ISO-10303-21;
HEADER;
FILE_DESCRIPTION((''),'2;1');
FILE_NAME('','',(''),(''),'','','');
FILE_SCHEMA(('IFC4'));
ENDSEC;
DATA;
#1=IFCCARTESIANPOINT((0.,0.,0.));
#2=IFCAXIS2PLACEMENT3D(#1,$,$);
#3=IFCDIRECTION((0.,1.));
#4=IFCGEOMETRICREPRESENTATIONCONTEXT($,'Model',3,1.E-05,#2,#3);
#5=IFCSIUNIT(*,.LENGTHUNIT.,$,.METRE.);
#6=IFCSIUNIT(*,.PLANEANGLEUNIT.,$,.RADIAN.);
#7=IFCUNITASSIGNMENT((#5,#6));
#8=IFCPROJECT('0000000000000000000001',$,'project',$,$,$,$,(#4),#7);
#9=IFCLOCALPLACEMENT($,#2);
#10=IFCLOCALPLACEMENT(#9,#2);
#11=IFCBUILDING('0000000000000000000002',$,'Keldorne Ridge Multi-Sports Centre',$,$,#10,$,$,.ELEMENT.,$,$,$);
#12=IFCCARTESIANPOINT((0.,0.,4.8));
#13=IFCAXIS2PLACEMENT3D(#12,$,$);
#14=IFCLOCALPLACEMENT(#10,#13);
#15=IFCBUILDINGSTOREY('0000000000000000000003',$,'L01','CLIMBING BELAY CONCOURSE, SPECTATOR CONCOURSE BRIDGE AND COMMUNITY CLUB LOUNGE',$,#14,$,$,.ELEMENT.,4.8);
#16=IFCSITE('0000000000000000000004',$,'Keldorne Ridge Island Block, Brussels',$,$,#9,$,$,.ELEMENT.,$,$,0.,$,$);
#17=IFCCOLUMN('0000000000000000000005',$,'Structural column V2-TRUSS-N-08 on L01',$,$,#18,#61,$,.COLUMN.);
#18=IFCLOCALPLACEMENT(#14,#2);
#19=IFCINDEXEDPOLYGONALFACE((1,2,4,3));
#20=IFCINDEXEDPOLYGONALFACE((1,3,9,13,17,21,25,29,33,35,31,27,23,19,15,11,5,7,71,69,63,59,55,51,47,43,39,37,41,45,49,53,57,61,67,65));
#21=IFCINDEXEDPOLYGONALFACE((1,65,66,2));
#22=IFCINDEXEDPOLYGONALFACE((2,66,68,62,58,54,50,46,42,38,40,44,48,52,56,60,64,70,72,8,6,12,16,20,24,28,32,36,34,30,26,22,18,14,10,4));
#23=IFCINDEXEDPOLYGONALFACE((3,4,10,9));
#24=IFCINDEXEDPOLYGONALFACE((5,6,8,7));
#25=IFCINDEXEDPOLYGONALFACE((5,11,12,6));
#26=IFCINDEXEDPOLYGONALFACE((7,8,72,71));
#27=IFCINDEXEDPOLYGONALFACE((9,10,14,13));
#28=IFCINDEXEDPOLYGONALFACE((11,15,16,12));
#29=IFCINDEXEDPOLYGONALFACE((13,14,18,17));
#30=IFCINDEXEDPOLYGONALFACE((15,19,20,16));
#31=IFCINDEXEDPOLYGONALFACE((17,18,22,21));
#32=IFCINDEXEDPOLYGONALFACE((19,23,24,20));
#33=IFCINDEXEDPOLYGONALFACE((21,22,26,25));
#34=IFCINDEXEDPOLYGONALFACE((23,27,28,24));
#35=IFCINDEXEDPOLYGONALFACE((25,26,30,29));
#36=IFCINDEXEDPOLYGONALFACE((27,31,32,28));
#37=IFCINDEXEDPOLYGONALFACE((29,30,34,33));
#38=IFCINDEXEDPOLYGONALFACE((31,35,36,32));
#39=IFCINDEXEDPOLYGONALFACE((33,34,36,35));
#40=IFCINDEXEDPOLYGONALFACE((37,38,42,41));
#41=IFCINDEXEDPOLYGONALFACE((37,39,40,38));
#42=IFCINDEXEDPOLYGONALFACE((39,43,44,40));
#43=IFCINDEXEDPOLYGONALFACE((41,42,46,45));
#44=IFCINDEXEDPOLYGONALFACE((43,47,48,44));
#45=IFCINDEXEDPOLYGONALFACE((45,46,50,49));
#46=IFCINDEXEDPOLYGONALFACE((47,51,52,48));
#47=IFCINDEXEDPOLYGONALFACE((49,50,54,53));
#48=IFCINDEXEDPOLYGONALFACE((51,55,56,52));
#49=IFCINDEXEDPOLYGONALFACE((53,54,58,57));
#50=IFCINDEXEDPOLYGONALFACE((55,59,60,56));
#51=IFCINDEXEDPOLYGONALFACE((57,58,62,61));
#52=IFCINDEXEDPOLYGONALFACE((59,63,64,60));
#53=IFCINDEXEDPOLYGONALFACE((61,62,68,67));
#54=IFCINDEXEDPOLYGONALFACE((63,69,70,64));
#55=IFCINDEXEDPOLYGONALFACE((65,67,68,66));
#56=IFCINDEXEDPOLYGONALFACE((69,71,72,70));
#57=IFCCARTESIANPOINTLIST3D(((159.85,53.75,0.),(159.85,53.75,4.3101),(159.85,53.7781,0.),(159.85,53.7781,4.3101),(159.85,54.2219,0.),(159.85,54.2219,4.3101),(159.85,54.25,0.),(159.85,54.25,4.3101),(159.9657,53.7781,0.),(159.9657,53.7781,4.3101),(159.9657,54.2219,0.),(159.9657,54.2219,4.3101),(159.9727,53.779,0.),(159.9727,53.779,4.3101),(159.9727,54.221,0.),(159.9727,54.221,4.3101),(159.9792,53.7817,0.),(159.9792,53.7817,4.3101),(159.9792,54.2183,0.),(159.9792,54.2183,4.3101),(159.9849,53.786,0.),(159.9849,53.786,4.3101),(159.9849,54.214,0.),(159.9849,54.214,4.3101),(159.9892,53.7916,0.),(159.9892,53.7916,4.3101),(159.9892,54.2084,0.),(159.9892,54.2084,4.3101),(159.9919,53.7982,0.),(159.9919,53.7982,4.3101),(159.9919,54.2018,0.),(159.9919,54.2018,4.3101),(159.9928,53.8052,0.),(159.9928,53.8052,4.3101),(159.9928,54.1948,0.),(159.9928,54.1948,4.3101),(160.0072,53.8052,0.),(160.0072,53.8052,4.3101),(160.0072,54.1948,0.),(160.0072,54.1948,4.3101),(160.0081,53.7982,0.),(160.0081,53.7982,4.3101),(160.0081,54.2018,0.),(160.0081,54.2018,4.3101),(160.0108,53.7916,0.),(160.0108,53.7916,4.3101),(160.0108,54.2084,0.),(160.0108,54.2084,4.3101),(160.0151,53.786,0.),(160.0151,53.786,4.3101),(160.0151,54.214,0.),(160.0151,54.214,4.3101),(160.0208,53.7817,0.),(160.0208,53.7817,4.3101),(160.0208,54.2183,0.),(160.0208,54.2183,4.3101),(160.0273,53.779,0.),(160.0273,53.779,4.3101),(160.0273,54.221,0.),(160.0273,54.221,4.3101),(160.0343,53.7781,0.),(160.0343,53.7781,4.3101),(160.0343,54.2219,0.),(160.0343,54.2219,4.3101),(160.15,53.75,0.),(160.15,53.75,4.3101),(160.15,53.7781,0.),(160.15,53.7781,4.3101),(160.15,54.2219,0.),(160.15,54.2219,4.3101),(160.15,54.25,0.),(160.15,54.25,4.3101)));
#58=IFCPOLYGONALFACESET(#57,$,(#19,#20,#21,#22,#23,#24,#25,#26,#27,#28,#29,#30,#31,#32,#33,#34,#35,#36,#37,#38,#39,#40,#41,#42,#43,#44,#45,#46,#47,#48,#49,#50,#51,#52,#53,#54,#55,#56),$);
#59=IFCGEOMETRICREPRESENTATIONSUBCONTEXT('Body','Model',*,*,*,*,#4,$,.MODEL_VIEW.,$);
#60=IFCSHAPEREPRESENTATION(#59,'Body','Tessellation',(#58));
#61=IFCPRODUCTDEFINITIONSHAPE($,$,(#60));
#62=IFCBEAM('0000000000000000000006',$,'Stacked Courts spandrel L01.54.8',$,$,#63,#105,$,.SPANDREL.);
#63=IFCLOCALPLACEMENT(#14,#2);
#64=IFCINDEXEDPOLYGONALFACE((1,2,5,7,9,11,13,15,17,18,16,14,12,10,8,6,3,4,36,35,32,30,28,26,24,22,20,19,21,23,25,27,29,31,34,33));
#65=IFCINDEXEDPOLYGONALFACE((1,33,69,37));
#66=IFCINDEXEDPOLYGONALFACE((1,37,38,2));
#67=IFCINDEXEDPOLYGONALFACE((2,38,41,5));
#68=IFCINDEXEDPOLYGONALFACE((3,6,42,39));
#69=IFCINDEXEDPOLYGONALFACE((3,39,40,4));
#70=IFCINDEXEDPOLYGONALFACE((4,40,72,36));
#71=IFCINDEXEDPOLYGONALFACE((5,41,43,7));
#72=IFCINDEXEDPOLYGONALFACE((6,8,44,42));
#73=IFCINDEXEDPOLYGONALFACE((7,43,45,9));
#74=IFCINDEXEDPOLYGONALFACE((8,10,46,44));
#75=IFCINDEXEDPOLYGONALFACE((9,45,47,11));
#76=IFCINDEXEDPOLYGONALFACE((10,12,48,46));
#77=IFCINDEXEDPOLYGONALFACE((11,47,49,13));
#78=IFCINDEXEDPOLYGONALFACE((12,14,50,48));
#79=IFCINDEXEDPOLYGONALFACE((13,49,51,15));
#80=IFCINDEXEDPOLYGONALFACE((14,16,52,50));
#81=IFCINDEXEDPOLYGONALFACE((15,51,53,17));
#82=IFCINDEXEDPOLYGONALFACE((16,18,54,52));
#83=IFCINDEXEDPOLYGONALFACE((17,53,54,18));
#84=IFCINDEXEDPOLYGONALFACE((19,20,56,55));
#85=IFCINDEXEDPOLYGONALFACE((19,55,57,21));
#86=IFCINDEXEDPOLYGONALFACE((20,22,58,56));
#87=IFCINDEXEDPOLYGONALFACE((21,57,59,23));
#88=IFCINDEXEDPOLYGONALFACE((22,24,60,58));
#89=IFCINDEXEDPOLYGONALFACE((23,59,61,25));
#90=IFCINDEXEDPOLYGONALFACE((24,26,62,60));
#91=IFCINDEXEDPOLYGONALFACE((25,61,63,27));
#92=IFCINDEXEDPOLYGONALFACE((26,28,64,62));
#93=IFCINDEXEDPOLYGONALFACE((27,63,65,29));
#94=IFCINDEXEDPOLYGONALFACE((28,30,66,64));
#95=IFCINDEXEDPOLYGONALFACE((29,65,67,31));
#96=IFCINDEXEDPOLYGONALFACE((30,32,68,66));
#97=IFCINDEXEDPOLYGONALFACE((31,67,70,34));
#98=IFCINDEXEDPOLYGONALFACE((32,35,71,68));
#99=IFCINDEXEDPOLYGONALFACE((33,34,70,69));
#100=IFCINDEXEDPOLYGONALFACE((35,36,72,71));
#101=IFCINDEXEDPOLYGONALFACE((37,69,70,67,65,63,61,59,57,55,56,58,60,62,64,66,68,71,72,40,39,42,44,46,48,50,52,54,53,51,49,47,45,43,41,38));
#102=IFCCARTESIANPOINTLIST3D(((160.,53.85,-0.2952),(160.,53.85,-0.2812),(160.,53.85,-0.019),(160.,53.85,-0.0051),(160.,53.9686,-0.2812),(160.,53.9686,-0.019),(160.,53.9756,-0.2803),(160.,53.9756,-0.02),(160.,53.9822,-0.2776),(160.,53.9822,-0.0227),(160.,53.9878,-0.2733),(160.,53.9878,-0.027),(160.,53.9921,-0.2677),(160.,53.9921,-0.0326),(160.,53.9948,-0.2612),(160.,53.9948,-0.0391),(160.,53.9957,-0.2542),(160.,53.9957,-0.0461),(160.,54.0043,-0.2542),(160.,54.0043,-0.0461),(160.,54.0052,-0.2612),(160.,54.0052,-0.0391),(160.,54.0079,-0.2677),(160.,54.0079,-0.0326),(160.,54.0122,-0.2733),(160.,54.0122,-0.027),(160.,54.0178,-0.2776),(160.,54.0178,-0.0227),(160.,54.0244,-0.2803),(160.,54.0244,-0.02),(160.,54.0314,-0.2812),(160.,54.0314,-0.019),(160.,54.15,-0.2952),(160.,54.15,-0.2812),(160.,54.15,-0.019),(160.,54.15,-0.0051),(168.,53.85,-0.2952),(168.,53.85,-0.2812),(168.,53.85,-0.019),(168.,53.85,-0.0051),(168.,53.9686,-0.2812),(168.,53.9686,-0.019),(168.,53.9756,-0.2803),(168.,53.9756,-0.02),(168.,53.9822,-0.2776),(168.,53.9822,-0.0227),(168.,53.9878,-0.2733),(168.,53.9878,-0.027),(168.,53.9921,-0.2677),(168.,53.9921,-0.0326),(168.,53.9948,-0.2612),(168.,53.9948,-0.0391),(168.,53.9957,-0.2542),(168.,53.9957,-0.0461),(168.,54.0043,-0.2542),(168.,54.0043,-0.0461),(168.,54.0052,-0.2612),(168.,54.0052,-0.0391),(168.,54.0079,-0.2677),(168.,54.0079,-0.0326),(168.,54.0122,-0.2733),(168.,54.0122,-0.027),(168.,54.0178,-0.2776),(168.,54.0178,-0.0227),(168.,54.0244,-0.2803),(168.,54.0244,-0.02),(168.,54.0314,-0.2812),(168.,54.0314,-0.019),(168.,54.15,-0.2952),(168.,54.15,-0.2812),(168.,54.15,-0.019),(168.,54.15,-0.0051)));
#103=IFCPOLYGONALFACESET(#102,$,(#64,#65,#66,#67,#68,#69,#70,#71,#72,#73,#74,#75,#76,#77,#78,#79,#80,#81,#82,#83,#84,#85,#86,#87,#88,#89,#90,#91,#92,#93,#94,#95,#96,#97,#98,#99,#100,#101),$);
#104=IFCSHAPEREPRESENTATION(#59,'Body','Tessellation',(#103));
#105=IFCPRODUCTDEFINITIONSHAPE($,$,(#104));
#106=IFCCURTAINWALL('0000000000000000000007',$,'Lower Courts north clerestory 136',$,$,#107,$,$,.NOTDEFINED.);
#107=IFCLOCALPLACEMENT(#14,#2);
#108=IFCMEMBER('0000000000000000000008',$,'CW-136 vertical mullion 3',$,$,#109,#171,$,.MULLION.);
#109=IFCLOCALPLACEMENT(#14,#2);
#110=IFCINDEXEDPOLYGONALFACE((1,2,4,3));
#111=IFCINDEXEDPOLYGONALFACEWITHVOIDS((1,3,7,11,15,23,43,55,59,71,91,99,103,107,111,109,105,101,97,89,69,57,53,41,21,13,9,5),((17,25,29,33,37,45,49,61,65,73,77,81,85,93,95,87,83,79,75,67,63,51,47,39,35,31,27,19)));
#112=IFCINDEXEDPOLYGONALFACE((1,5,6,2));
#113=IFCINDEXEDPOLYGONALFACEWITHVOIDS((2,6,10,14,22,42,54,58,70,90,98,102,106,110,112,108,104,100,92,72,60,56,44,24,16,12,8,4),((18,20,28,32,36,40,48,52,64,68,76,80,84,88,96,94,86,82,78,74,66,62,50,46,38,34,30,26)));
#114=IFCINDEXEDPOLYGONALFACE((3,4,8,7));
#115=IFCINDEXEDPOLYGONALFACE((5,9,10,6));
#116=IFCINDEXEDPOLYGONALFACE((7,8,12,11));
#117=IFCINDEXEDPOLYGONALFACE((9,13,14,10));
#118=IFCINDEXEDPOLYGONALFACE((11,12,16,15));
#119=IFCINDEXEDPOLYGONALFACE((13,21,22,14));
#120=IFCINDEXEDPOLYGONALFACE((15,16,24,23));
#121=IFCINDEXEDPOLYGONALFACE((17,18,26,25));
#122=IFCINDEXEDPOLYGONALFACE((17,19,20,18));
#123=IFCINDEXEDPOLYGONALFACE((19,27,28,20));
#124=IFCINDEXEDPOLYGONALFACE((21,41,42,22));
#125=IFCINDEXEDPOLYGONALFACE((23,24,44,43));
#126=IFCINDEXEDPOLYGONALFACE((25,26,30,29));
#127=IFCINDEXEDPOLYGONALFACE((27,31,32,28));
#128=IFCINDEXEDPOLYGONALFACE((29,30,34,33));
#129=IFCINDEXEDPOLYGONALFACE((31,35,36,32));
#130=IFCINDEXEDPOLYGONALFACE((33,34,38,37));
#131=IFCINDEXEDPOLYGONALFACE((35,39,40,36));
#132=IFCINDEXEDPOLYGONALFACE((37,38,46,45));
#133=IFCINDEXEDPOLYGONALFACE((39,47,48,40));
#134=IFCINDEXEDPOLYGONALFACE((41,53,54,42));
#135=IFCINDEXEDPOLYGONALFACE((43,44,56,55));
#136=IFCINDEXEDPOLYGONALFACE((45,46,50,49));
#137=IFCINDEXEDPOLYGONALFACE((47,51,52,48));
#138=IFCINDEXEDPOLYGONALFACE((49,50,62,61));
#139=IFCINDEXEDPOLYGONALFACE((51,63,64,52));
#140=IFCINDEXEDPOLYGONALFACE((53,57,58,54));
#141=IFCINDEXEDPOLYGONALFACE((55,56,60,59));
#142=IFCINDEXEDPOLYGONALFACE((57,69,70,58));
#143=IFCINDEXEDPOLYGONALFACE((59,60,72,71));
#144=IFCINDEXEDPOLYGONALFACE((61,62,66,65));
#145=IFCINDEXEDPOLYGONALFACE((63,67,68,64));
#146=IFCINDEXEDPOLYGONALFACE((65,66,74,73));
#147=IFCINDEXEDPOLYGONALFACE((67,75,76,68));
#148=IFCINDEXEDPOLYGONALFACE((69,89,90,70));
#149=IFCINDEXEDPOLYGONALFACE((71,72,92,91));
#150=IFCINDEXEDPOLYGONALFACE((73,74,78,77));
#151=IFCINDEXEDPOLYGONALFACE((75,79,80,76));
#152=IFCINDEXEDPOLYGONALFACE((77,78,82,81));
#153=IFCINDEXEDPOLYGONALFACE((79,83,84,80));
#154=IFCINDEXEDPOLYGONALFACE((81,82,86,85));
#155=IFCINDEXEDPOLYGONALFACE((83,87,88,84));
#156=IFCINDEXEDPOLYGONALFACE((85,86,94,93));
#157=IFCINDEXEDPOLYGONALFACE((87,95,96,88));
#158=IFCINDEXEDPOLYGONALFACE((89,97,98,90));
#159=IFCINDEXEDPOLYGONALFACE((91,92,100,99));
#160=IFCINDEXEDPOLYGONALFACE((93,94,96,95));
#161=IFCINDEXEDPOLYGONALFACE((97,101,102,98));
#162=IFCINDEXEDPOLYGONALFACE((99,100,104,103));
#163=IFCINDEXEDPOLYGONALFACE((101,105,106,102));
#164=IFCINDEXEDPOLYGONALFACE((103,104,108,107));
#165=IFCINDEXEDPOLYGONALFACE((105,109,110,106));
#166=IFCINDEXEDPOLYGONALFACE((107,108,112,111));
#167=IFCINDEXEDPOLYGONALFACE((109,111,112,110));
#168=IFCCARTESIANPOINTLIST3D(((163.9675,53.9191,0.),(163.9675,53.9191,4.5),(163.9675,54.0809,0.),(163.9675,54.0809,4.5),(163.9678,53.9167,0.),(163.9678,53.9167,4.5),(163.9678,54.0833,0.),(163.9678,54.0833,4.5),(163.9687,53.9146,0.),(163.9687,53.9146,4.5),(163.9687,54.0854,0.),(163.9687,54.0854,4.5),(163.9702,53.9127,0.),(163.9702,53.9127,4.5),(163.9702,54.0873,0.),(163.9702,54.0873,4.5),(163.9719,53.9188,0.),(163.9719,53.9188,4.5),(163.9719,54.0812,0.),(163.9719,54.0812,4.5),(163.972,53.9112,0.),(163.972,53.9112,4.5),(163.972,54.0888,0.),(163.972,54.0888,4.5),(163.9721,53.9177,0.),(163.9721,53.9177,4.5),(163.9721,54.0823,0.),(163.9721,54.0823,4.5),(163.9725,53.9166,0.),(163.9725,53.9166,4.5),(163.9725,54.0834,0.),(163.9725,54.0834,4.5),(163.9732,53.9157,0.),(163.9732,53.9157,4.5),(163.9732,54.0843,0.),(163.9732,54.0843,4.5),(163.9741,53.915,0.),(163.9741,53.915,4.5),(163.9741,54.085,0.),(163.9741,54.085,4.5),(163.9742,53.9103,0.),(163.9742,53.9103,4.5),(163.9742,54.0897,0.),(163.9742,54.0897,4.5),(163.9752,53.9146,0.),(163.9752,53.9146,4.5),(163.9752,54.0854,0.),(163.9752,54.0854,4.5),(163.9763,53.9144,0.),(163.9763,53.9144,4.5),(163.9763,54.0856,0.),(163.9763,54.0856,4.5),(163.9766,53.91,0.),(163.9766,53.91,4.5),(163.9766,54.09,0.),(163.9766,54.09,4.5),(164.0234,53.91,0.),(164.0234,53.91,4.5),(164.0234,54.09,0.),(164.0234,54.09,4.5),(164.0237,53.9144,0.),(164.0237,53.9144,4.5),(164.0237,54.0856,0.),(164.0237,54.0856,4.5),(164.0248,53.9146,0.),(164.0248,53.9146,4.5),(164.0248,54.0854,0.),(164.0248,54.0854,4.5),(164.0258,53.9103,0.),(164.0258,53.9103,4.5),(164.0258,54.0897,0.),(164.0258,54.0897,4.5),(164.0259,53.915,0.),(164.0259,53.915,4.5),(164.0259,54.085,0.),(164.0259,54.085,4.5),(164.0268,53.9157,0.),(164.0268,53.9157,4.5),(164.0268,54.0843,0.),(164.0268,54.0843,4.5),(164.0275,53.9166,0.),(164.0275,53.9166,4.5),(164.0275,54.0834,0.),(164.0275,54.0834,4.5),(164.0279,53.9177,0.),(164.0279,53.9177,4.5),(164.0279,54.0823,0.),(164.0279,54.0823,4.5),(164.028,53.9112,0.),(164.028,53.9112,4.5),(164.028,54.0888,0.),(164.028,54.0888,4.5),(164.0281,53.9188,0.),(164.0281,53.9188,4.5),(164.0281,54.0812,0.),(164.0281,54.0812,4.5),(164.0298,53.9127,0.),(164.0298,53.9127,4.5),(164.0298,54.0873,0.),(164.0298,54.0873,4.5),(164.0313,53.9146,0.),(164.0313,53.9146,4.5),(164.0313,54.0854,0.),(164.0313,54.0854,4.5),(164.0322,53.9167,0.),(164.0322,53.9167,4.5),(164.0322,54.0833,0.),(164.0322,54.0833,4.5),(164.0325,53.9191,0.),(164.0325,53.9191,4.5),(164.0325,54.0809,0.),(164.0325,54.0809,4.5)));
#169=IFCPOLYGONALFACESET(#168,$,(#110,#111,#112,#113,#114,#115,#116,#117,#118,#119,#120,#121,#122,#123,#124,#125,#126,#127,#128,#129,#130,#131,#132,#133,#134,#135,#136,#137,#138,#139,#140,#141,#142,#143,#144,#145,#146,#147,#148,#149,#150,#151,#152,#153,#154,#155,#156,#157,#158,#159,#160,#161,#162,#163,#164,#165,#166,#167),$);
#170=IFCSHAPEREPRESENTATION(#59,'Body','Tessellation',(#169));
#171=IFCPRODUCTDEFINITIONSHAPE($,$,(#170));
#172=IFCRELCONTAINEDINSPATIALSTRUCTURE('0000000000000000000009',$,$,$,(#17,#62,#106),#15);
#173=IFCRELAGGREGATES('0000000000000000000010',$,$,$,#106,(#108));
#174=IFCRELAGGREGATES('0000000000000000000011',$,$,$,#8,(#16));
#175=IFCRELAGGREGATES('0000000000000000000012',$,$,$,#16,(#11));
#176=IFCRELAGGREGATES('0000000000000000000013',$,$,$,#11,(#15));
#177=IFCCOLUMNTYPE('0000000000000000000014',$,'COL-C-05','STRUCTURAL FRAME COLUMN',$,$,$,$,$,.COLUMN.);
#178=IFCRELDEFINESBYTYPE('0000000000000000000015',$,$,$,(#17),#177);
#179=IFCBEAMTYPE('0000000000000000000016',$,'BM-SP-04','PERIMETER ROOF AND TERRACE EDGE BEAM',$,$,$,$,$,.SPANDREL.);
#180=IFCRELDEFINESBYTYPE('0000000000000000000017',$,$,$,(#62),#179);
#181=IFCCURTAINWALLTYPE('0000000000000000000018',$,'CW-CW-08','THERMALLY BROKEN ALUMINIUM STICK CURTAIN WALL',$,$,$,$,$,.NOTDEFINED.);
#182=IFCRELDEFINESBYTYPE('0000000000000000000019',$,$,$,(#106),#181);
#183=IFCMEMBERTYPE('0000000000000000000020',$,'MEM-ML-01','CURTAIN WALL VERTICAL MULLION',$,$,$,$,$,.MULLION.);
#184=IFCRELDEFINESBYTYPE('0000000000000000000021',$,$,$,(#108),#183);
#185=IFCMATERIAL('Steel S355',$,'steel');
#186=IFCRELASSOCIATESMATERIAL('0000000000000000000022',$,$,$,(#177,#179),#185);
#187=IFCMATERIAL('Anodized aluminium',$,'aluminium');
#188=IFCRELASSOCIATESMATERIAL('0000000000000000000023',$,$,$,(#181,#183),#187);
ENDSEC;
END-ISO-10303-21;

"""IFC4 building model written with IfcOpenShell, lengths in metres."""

from ifc_helpers import new_model, si_unit, direction, frame, origin, origin_2d, place, context, subcontext, project, spatial, hollow_rectangle, i_section, extrude, material, material_profile, profile_set, type_object, element, aggregate, save


model = new_model("IFC4")

# Units and contexts
model_context = context("Model", 3, precision=1e-05, world=origin(), true_north=direction((0.0, 1.0)))
body_context = subcontext(model_context, "Body", "Model", "MODEL_VIEW")
ifc_project = project(units=[si_unit("LENGTHUNIT", "METRE"), si_unit("PLANEANGLEUNIT", "RADIAN")], contexts=[model_context])

# Site, building, storey
site_placement = place(None, origin())
site = spatial("IfcSite", under=ifc_project, at=site_placement, Name="Keldorne Ridge Island Block, Brussels", CompositionType="ELEMENT", RefElevation=0.0)
building_placement = place(site_placement, origin())
building = spatial("IfcBuilding", under=site, at=building_placement, Name="Keldorne Ridge Multi-Sports Centre", CompositionType="ELEMENT")
storey_placement = place(building_placement, frame((0.0, 0.0, 4.8)))
storey = spatial("IfcBuildingStorey", under=building, at=storey_placement, Name="L01", Description="CLIMBING BELAY CONCOURSE, SPECTATOR CONCOURSE BRIDGE AND COMMUNITY CLUB LOUNGE", CompositionType="ELEMENT", Elevation=4.8)

# Column
ifc_material_1 = material(Name="Steel S355", Category="steel")
ifc_material_profile_1 = material_profile(ifc_material_1, i_section(OverallWidth=0.3, OverallDepth=0.5, WebThickness=0.0144, FlangeThickness=0.0281, FilletRadius=0.0271, at=origin_2d()), Name="HEB 500")
ifc_profile_set_1 = profile_set([ifc_material_profile_1], Name="Steel S355")
column_type = type_object("IfcColumnType", Name="COL-C-05", Description="STRUCTURAL FRAME COLUMN", PredefinedType="COLUMN", material=ifc_profile_set_1)
column_placement = place(storey_placement, frame((160.0, 54.0, 0.0), z_axis=(0.0, 0.0, 1.0), x_axis=(1.0, 0.0, 0.0)))
element("IfcColumn", 1, at=column_placement, inside=storey, type_object=column_type, Name="Structural column V2-TRUSS-N-08 on L01", PredefinedType="COLUMN", context=body_context, shape_type="SweptSolid", body=[
    extrude(i_section(OverallWidth=0.3, OverallDepth=0.5, WebThickness=0.0144, FlangeThickness=0.0281, FilletRadius=0.0271, at=origin_2d()), origin(), (0.0, 0.0, 1.0), 4.3101),
])

# Beam
ifc_material_profile_2 = material_profile(ifc_material_1, i_section(OverallWidth=0.3, OverallDepth=0.29, WebThickness=0.0085, FlangeThickness=0.0139, FilletRadius=0.0271, at=origin_2d()), Name="HEA 300")
ifc_profile_set_2 = profile_set([ifc_material_profile_2], Name="Steel S355")
beam_type = type_object("IfcBeamType", Name="BM-SP-04", Description="PERIMETER ROOF AND TERRACE EDGE BEAM", PredefinedType="SPANDREL", material=ifc_profile_set_2)
beam_placement = place(storey_placement, frame((160.0, 54.0, -0.1501), z_axis=(1.0, 0.0, 0.0), x_axis=(0.0, 1.0, 0.0)))
element("IfcBeam", 2, at=beam_placement, inside=storey, type_object=beam_type, Name="Stacked Courts spandrel L01.54.8", PredefinedType="SPANDREL", context=body_context, shape_type="SweptSolid", body=[
    extrude(i_section(OverallWidth=0.3, OverallDepth=0.29, WebThickness=0.0085, FlangeThickness=0.0139, FilletRadius=0.0271, at=origin_2d()), origin(), (0.0, 0.0, 1.0), 8.0),
])

# Curtain wall, member
ifc_material_2 = material(Name="Anodized aluminium", Category="aluminium")
curtain_wall_type_1 = type_object("IfcCurtainWallType", Name="CW-CW-08", Description="THERMALLY BROKEN ALUMINIUM STICK CURTAIN WALL", PredefinedType="NOTDEFINED", material=ifc_material_2)
curtain_wall_1_placement = place(storey_placement, origin())
curtain_wall_1 = element("IfcCurtainWall", 3, at=curtain_wall_1_placement, inside=storey, type_object=curtain_wall_type_1, Name="Lower Courts north clerestory 136", PredefinedType="NOTDEFINED")
ifc_material_profile_3 = material_profile(ifc_material_2, hollow_rectangle(XDim=0.0649, YDim=0.1799, WallThickness=0.0044, InnerFilletRadius=0.0044, OuterFilletRadius=0.009, at=origin_2d()), Name="ALU MULLION 180x65x4.5")
ifc_profile_set_3 = profile_set([ifc_material_profile_3], Name="Anodized aluminium")
member_type_1 = type_object("IfcMemberType", Name="MEM-ML-01", Description="CURTAIN WALL VERTICAL MULLION", PredefinedType="MULLION", material=ifc_profile_set_3)
member_1_placement = place(storey_placement, frame((164.0, 54.0, 0.0), z_axis=(0.0, 0.0, 1.0), x_axis=(1.0, 0.0, 0.0)))
member_1 = element("IfcMember", 4, at=member_1_placement, type_object=member_type_1, Name="CW-136 vertical mullion 3", PredefinedType="MULLION", context=body_context, shape_type="SweptSolid", body=[
    extrude(hollow_rectangle(XDim=0.0649, YDim=0.1799, WallThickness=0.0044, InnerFilletRadius=0.0044, OuterFilletRadius=0.009, at=origin_2d()), origin(), (0.0, 0.0, 1.0), 4.5),
])

aggregate(curtain_wall_1, [member_1])

save(model, "model.ifc")
